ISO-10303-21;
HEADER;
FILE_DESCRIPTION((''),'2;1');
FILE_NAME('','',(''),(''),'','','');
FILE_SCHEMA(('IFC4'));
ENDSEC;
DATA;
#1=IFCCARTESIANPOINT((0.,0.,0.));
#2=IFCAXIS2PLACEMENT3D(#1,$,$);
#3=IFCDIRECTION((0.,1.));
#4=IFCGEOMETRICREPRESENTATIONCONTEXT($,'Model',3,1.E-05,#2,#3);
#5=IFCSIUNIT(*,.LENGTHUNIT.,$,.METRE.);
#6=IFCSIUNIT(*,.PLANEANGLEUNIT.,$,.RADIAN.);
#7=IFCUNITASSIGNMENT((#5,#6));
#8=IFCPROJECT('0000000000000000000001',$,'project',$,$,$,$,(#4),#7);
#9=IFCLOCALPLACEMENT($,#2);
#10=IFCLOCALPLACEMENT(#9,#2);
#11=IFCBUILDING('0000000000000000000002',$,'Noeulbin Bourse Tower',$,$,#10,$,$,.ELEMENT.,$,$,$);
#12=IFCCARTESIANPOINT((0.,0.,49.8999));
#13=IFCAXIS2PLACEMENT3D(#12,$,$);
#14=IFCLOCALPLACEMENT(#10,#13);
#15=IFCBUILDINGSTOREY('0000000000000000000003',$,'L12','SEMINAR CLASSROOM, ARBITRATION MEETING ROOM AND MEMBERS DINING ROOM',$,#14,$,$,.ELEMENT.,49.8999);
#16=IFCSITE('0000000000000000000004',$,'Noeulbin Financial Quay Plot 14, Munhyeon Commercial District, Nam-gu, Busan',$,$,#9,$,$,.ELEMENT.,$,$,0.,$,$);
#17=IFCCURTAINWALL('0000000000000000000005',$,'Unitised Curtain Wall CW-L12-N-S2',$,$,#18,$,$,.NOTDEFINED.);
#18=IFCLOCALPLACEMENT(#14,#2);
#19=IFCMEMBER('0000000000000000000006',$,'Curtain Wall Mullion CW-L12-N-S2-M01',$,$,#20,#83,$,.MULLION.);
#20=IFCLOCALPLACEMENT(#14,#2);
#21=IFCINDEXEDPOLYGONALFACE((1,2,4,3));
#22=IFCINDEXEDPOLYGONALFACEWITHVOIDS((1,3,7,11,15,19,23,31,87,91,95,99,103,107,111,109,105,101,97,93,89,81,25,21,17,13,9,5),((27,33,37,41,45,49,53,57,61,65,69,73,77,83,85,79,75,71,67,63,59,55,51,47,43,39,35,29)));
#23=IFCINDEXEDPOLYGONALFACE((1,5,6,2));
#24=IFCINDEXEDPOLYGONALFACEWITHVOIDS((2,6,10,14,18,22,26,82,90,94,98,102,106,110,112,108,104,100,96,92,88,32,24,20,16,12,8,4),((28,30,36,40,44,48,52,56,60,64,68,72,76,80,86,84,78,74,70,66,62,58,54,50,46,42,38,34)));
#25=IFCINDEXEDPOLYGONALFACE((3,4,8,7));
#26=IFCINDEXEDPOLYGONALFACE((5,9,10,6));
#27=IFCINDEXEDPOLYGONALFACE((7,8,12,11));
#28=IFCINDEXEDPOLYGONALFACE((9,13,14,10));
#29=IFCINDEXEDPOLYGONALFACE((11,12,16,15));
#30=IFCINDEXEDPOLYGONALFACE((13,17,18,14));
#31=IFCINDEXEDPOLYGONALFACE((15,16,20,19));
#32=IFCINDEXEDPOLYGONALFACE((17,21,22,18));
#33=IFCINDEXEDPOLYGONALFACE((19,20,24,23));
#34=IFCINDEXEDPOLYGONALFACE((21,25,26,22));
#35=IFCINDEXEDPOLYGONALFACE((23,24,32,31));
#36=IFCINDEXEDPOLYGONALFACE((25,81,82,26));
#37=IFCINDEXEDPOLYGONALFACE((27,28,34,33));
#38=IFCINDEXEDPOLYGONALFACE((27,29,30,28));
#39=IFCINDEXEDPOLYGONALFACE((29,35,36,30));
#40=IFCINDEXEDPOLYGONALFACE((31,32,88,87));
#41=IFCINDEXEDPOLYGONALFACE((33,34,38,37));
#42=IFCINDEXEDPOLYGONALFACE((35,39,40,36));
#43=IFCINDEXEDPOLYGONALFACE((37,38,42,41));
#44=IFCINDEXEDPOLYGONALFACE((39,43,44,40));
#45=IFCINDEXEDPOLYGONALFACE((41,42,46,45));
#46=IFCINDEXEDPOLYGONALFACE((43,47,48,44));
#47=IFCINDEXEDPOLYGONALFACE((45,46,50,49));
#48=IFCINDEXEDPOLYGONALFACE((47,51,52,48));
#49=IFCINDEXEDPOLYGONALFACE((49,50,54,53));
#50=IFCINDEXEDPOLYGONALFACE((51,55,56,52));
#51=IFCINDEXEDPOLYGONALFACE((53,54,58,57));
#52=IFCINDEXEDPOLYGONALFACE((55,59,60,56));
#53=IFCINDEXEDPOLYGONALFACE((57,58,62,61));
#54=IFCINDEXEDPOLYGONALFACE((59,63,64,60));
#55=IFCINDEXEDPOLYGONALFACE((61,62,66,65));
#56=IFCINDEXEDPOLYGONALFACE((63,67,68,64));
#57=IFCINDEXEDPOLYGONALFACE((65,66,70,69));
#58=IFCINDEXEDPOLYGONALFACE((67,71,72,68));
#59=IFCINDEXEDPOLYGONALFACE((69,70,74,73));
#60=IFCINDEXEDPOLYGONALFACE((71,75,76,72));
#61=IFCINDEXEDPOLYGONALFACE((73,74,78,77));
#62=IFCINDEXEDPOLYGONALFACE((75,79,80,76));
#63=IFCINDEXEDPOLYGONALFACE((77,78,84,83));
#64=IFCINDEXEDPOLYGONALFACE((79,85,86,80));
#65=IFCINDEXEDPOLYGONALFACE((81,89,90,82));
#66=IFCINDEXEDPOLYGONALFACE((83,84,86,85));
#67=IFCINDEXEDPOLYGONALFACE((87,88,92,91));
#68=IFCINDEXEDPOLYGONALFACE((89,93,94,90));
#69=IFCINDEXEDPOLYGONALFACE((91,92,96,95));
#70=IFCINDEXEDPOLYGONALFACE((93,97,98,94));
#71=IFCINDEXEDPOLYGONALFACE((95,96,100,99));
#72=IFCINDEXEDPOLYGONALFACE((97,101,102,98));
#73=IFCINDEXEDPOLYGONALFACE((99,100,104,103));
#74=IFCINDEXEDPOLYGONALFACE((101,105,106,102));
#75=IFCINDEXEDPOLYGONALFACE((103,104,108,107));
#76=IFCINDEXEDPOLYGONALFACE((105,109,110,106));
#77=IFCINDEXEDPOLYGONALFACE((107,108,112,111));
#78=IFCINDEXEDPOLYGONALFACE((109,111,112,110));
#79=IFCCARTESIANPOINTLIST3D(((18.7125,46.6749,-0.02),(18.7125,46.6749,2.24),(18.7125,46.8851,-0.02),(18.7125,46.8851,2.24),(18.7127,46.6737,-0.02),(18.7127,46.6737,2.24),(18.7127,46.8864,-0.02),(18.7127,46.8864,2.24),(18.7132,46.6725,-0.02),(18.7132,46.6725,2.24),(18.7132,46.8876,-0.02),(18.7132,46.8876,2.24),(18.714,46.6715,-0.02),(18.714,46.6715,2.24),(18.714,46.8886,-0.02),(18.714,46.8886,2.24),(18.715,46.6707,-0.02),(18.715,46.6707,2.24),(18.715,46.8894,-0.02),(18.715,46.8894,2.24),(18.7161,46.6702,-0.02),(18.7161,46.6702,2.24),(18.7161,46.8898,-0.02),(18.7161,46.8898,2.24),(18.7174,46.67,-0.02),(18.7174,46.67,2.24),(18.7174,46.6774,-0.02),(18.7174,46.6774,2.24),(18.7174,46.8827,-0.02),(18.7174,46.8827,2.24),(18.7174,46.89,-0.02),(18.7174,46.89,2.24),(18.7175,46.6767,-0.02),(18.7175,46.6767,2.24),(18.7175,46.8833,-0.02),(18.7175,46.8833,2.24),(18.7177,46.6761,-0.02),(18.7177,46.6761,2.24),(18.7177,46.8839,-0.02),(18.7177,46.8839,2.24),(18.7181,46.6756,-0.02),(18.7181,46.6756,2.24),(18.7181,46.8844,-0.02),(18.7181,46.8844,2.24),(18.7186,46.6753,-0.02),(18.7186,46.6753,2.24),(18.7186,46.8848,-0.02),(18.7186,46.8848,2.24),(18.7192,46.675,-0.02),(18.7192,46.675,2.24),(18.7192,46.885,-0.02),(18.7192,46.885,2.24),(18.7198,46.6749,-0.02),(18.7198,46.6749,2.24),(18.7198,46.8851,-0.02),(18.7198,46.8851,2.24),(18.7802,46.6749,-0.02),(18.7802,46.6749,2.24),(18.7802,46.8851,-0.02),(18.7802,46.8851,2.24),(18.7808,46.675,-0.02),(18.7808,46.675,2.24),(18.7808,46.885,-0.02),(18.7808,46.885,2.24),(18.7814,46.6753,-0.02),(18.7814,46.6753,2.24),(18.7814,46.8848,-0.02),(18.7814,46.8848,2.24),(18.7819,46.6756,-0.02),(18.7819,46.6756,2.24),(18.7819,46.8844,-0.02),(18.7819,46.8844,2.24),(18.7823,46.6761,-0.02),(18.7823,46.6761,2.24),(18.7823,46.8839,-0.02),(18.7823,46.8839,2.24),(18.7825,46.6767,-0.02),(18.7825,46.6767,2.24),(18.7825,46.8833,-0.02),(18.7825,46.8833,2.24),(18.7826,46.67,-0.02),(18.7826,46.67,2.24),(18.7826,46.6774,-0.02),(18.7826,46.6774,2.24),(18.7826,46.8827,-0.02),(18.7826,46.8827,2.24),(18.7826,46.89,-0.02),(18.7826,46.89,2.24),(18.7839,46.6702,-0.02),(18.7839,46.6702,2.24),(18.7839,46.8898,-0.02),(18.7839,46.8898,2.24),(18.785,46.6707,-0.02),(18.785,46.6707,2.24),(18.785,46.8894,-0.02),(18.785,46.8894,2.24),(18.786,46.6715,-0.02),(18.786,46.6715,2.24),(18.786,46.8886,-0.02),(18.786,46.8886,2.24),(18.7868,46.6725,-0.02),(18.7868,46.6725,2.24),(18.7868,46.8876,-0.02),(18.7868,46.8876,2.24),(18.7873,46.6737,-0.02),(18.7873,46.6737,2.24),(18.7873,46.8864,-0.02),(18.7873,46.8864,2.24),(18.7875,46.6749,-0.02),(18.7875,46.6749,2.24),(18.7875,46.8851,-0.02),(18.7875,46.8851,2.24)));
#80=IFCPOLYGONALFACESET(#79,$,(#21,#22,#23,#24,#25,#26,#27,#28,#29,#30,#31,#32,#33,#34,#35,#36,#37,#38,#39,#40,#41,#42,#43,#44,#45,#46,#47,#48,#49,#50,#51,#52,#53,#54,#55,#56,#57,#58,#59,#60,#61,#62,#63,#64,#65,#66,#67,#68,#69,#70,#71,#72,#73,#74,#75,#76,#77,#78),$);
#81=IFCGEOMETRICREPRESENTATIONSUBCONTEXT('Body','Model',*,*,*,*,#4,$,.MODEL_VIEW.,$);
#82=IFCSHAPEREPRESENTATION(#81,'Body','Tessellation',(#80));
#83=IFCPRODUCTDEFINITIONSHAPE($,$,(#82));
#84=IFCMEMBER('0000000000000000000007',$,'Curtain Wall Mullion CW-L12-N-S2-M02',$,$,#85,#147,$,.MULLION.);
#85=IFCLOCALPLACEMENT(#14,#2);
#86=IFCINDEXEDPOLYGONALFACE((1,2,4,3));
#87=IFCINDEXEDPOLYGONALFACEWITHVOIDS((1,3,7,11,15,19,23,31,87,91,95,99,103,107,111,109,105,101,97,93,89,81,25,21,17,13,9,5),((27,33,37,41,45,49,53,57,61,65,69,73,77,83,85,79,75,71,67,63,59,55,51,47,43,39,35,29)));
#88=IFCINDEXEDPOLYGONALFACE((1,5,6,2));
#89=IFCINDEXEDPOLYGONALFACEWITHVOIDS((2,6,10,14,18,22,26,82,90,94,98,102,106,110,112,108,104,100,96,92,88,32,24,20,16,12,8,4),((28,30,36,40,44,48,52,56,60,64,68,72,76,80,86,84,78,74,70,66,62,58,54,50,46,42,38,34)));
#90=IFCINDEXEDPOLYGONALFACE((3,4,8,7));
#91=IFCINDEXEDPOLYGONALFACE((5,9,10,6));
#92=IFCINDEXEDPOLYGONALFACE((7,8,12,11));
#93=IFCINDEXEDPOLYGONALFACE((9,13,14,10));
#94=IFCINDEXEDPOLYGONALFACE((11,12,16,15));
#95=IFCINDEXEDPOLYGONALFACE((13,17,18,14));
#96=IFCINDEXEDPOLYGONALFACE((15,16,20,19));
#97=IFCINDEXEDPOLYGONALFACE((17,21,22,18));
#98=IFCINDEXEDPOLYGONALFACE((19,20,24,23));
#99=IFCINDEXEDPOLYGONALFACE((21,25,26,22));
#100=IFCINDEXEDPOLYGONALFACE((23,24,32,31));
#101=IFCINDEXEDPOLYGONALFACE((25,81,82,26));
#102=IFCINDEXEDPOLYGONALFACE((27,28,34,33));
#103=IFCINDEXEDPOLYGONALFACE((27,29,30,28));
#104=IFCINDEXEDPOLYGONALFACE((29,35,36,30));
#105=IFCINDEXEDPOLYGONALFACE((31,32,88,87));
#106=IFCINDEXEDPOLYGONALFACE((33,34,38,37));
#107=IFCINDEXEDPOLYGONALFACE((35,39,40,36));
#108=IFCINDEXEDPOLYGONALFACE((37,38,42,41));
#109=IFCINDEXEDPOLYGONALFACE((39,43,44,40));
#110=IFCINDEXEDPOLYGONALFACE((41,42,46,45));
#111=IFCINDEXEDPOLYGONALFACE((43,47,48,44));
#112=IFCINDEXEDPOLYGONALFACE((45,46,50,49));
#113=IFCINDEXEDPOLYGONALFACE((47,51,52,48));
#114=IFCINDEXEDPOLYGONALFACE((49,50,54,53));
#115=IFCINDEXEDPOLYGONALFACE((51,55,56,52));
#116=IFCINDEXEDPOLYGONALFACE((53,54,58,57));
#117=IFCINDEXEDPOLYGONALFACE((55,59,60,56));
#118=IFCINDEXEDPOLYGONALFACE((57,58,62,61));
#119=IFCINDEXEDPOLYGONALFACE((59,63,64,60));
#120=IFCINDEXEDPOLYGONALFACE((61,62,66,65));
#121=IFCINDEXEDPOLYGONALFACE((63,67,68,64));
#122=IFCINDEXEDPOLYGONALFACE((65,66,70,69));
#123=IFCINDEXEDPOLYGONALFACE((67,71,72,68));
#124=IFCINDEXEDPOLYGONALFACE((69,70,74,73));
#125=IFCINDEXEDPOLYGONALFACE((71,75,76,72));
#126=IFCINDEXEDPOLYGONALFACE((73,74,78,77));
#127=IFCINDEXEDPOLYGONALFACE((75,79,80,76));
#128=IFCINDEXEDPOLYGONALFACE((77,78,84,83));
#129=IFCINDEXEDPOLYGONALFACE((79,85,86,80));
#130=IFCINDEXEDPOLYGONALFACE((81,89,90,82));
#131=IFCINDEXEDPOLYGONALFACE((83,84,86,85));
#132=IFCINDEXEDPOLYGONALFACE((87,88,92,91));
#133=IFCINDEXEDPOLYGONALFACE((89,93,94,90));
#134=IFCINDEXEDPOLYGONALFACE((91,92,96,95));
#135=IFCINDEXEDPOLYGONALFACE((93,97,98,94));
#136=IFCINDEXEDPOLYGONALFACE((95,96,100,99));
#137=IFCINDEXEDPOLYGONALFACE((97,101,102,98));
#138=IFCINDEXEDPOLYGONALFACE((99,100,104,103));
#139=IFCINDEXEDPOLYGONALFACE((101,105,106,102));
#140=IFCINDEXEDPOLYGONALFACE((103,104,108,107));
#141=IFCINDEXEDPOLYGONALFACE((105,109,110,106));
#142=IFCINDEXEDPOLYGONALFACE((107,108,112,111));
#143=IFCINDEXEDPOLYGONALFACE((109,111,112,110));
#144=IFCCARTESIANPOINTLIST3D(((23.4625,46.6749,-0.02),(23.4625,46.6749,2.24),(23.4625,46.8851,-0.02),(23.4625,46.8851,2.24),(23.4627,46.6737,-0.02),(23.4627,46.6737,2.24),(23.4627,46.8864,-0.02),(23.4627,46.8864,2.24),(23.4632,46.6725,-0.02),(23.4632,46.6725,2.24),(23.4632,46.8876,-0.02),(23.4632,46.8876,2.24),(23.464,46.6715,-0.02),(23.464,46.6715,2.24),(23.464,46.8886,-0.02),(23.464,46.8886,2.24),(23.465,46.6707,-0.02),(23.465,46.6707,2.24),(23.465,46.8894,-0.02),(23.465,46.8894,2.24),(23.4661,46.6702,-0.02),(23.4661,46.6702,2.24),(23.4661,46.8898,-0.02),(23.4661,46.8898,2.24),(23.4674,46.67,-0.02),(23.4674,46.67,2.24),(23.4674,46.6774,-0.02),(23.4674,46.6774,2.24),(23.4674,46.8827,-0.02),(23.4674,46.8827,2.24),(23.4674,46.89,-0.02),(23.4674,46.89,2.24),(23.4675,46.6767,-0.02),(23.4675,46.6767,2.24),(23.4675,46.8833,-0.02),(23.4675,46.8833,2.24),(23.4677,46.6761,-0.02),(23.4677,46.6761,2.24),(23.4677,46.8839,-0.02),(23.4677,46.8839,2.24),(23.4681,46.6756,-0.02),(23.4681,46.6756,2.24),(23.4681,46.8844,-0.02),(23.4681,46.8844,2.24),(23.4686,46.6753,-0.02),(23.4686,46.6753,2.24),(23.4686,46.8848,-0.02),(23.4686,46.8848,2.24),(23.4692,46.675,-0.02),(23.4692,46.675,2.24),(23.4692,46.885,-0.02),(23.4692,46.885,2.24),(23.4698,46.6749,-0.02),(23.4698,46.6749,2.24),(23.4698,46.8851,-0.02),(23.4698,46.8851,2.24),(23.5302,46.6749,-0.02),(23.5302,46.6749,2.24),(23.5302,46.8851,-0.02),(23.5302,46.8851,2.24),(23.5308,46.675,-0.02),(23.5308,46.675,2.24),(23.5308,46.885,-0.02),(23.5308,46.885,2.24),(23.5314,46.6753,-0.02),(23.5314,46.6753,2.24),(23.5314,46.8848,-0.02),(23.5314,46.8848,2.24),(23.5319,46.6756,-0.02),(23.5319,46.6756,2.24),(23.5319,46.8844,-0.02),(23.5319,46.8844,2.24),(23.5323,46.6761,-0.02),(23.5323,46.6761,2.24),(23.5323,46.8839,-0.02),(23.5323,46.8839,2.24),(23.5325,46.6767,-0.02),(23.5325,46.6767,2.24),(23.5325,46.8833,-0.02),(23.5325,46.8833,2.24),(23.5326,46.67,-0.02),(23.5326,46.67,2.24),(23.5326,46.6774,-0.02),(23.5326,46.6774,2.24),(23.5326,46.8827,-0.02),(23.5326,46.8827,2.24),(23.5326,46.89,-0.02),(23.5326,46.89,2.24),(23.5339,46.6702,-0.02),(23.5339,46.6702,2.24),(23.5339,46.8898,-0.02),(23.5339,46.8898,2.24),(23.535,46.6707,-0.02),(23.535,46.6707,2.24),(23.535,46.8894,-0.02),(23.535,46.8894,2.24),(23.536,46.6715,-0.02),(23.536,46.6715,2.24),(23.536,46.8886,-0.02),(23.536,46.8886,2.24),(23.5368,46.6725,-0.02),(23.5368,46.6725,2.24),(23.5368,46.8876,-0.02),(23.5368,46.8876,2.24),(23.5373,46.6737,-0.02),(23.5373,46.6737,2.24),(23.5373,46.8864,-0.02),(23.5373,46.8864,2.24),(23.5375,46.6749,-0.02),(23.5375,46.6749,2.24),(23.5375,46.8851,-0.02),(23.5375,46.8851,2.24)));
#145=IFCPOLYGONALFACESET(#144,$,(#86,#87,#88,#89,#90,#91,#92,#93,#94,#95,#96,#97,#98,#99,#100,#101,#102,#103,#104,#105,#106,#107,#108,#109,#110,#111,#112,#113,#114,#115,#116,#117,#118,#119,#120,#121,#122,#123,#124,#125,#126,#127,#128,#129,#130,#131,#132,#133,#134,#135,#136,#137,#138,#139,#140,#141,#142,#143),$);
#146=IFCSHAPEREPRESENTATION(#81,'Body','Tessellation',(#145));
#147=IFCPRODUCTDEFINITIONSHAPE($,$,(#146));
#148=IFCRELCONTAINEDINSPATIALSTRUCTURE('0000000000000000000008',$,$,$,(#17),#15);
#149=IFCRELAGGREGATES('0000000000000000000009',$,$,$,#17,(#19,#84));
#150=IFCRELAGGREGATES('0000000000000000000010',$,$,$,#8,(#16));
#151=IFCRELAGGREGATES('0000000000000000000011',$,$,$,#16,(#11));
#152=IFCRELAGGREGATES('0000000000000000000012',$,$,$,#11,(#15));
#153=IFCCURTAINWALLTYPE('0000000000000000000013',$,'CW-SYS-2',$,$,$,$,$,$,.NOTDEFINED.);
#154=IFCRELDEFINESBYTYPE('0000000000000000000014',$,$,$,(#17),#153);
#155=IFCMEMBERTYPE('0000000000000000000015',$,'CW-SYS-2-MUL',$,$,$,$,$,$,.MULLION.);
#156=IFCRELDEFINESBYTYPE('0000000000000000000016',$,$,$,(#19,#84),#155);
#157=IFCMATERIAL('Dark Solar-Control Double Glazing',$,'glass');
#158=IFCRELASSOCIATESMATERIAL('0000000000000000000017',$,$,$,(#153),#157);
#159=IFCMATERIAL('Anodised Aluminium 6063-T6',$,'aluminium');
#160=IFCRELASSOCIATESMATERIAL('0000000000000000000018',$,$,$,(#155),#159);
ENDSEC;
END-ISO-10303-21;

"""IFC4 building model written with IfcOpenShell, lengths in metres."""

from ifc_helpers import new_model, si_unit, direction, frame, origin, origin_2d, place, context, subcontext, project, spatial, hollow_rectangle, extrude, material, material_profile, profile_set, type_object, element, aggregate, save


model = new_model("IFC4")

# Units and contexts
model_context = context("Model", 3, precision=1e-05, world=origin(), true_north=direction((0.0, 1.0)))
body_context = subcontext(model_context, "Body", "Model", "MODEL_VIEW")
ifc_project = project(units=[si_unit("LENGTHUNIT", "METRE"), si_unit("PLANEANGLEUNIT", "RADIAN")], contexts=[model_context])

# Site, building, storey
site_placement = place(None, origin())
site = spatial("IfcSite", under=ifc_project, at=site_placement, Name="Noeulbin Financial Quay Plot 14, Munhyeon Commercial District, Nam-gu, Busan", CompositionType="ELEMENT", RefElevation=0.0)
building_placement = place(site_placement, origin())
building = spatial("IfcBuilding", under=site, at=building_placement, Name="Noeulbin Bourse Tower", CompositionType="ELEMENT")
storey_placement = place(building_placement, frame((0.0, 0.0, 49.8999)))
storey = spatial("IfcBuildingStorey", under=building, at=storey_placement, Name="L12", Description="SEMINAR CLASSROOM, ARBITRATION MEETING ROOM AND MEMBERS DINING ROOM", CompositionType="ELEMENT", Elevation=49.8999)

# Curtain wall, members
ifc_material_1 = material(Name="Dark Solar-Control Double Glazing", Category="glass")
curtain_wall_type = type_object("IfcCurtainWallType", Name="CW-SYS-2", PredefinedType="NOTDEFINED", material=ifc_material_1)
curtain_wall_1_placement = place(storey_placement, origin())
curtain_wall_1 = element("IfcCurtainWall", 1, at=curtain_wall_1_placement, inside=storey, type_object=curtain_wall_type, Name="Unitised Curtain Wall CW-L12-N-S2", PredefinedType="NOTDEFINED")
ifc_material_2 = material(Name="Anodised Aluminium 6063-T6", Category="aluminium")
ifc_material_profile_1 = material_profile(ifc_material_2, hollow_rectangle(XDim=0.075, YDim=0.22, WallThickness=0.0049, InnerFilletRadius=0.0024, OuterFilletRadius=0.0049, at=origin_2d()), Name="ALU-MULL-75x220x5", Category="LoadBearing")
ifc_profile_set_1 = profile_set([ifc_material_profile_1], Name="Anodised Aluminium 6063-T6")
member_type_1 = type_object("IfcMemberType", Name="CW-SYS-2-MUL", PredefinedType="MULLION", material=ifc_profile_set_1)
member_1_placement = place(storey_placement, frame((18.75, 46.78, -0.02), z_axis=(0.0, 0.0, 1.0), x_axis=(1.0, 0.0, 0.0)))
member_1 = element("IfcMember", 2, at=member_1_placement, type_object=member_type_1, Name="Curtain Wall Mullion CW-L12-N-S2-M01", PredefinedType="MULLION", context=body_context, shape_type="SweptSolid", body=[
    extrude(hollow_rectangle(XDim=0.075, YDim=0.22, WallThickness=0.0049, InnerFilletRadius=0.0024, OuterFilletRadius=0.0049, at=origin_2d()), origin(), (0.0, 0.0, 1.0), 2.26),
])
member_2_placement = place(storey_placement, frame((23.5, 46.78, -0.02), z_axis=(0.0, 0.0, 1.0), x_axis=(1.0, 0.0, 0.0)))
member_2 = element("IfcMember", 3, at=member_2_placement, type_object=member_type_1, Name="Curtain Wall Mullion CW-L12-N-S2-M02", PredefinedType="MULLION", context=body_context, shape_type="SweptSolid", body=[
    extrude(hollow_rectangle(XDim=0.075, YDim=0.22, WallThickness=0.0049, InnerFilletRadius=0.0024, OuterFilletRadius=0.0049, at=origin_2d()), origin(), (0.0, 0.0, 1.0), 2.26),
])

aggregate(curtain_wall_1, [member_1, member_2])

save(model, "model.ifc")
